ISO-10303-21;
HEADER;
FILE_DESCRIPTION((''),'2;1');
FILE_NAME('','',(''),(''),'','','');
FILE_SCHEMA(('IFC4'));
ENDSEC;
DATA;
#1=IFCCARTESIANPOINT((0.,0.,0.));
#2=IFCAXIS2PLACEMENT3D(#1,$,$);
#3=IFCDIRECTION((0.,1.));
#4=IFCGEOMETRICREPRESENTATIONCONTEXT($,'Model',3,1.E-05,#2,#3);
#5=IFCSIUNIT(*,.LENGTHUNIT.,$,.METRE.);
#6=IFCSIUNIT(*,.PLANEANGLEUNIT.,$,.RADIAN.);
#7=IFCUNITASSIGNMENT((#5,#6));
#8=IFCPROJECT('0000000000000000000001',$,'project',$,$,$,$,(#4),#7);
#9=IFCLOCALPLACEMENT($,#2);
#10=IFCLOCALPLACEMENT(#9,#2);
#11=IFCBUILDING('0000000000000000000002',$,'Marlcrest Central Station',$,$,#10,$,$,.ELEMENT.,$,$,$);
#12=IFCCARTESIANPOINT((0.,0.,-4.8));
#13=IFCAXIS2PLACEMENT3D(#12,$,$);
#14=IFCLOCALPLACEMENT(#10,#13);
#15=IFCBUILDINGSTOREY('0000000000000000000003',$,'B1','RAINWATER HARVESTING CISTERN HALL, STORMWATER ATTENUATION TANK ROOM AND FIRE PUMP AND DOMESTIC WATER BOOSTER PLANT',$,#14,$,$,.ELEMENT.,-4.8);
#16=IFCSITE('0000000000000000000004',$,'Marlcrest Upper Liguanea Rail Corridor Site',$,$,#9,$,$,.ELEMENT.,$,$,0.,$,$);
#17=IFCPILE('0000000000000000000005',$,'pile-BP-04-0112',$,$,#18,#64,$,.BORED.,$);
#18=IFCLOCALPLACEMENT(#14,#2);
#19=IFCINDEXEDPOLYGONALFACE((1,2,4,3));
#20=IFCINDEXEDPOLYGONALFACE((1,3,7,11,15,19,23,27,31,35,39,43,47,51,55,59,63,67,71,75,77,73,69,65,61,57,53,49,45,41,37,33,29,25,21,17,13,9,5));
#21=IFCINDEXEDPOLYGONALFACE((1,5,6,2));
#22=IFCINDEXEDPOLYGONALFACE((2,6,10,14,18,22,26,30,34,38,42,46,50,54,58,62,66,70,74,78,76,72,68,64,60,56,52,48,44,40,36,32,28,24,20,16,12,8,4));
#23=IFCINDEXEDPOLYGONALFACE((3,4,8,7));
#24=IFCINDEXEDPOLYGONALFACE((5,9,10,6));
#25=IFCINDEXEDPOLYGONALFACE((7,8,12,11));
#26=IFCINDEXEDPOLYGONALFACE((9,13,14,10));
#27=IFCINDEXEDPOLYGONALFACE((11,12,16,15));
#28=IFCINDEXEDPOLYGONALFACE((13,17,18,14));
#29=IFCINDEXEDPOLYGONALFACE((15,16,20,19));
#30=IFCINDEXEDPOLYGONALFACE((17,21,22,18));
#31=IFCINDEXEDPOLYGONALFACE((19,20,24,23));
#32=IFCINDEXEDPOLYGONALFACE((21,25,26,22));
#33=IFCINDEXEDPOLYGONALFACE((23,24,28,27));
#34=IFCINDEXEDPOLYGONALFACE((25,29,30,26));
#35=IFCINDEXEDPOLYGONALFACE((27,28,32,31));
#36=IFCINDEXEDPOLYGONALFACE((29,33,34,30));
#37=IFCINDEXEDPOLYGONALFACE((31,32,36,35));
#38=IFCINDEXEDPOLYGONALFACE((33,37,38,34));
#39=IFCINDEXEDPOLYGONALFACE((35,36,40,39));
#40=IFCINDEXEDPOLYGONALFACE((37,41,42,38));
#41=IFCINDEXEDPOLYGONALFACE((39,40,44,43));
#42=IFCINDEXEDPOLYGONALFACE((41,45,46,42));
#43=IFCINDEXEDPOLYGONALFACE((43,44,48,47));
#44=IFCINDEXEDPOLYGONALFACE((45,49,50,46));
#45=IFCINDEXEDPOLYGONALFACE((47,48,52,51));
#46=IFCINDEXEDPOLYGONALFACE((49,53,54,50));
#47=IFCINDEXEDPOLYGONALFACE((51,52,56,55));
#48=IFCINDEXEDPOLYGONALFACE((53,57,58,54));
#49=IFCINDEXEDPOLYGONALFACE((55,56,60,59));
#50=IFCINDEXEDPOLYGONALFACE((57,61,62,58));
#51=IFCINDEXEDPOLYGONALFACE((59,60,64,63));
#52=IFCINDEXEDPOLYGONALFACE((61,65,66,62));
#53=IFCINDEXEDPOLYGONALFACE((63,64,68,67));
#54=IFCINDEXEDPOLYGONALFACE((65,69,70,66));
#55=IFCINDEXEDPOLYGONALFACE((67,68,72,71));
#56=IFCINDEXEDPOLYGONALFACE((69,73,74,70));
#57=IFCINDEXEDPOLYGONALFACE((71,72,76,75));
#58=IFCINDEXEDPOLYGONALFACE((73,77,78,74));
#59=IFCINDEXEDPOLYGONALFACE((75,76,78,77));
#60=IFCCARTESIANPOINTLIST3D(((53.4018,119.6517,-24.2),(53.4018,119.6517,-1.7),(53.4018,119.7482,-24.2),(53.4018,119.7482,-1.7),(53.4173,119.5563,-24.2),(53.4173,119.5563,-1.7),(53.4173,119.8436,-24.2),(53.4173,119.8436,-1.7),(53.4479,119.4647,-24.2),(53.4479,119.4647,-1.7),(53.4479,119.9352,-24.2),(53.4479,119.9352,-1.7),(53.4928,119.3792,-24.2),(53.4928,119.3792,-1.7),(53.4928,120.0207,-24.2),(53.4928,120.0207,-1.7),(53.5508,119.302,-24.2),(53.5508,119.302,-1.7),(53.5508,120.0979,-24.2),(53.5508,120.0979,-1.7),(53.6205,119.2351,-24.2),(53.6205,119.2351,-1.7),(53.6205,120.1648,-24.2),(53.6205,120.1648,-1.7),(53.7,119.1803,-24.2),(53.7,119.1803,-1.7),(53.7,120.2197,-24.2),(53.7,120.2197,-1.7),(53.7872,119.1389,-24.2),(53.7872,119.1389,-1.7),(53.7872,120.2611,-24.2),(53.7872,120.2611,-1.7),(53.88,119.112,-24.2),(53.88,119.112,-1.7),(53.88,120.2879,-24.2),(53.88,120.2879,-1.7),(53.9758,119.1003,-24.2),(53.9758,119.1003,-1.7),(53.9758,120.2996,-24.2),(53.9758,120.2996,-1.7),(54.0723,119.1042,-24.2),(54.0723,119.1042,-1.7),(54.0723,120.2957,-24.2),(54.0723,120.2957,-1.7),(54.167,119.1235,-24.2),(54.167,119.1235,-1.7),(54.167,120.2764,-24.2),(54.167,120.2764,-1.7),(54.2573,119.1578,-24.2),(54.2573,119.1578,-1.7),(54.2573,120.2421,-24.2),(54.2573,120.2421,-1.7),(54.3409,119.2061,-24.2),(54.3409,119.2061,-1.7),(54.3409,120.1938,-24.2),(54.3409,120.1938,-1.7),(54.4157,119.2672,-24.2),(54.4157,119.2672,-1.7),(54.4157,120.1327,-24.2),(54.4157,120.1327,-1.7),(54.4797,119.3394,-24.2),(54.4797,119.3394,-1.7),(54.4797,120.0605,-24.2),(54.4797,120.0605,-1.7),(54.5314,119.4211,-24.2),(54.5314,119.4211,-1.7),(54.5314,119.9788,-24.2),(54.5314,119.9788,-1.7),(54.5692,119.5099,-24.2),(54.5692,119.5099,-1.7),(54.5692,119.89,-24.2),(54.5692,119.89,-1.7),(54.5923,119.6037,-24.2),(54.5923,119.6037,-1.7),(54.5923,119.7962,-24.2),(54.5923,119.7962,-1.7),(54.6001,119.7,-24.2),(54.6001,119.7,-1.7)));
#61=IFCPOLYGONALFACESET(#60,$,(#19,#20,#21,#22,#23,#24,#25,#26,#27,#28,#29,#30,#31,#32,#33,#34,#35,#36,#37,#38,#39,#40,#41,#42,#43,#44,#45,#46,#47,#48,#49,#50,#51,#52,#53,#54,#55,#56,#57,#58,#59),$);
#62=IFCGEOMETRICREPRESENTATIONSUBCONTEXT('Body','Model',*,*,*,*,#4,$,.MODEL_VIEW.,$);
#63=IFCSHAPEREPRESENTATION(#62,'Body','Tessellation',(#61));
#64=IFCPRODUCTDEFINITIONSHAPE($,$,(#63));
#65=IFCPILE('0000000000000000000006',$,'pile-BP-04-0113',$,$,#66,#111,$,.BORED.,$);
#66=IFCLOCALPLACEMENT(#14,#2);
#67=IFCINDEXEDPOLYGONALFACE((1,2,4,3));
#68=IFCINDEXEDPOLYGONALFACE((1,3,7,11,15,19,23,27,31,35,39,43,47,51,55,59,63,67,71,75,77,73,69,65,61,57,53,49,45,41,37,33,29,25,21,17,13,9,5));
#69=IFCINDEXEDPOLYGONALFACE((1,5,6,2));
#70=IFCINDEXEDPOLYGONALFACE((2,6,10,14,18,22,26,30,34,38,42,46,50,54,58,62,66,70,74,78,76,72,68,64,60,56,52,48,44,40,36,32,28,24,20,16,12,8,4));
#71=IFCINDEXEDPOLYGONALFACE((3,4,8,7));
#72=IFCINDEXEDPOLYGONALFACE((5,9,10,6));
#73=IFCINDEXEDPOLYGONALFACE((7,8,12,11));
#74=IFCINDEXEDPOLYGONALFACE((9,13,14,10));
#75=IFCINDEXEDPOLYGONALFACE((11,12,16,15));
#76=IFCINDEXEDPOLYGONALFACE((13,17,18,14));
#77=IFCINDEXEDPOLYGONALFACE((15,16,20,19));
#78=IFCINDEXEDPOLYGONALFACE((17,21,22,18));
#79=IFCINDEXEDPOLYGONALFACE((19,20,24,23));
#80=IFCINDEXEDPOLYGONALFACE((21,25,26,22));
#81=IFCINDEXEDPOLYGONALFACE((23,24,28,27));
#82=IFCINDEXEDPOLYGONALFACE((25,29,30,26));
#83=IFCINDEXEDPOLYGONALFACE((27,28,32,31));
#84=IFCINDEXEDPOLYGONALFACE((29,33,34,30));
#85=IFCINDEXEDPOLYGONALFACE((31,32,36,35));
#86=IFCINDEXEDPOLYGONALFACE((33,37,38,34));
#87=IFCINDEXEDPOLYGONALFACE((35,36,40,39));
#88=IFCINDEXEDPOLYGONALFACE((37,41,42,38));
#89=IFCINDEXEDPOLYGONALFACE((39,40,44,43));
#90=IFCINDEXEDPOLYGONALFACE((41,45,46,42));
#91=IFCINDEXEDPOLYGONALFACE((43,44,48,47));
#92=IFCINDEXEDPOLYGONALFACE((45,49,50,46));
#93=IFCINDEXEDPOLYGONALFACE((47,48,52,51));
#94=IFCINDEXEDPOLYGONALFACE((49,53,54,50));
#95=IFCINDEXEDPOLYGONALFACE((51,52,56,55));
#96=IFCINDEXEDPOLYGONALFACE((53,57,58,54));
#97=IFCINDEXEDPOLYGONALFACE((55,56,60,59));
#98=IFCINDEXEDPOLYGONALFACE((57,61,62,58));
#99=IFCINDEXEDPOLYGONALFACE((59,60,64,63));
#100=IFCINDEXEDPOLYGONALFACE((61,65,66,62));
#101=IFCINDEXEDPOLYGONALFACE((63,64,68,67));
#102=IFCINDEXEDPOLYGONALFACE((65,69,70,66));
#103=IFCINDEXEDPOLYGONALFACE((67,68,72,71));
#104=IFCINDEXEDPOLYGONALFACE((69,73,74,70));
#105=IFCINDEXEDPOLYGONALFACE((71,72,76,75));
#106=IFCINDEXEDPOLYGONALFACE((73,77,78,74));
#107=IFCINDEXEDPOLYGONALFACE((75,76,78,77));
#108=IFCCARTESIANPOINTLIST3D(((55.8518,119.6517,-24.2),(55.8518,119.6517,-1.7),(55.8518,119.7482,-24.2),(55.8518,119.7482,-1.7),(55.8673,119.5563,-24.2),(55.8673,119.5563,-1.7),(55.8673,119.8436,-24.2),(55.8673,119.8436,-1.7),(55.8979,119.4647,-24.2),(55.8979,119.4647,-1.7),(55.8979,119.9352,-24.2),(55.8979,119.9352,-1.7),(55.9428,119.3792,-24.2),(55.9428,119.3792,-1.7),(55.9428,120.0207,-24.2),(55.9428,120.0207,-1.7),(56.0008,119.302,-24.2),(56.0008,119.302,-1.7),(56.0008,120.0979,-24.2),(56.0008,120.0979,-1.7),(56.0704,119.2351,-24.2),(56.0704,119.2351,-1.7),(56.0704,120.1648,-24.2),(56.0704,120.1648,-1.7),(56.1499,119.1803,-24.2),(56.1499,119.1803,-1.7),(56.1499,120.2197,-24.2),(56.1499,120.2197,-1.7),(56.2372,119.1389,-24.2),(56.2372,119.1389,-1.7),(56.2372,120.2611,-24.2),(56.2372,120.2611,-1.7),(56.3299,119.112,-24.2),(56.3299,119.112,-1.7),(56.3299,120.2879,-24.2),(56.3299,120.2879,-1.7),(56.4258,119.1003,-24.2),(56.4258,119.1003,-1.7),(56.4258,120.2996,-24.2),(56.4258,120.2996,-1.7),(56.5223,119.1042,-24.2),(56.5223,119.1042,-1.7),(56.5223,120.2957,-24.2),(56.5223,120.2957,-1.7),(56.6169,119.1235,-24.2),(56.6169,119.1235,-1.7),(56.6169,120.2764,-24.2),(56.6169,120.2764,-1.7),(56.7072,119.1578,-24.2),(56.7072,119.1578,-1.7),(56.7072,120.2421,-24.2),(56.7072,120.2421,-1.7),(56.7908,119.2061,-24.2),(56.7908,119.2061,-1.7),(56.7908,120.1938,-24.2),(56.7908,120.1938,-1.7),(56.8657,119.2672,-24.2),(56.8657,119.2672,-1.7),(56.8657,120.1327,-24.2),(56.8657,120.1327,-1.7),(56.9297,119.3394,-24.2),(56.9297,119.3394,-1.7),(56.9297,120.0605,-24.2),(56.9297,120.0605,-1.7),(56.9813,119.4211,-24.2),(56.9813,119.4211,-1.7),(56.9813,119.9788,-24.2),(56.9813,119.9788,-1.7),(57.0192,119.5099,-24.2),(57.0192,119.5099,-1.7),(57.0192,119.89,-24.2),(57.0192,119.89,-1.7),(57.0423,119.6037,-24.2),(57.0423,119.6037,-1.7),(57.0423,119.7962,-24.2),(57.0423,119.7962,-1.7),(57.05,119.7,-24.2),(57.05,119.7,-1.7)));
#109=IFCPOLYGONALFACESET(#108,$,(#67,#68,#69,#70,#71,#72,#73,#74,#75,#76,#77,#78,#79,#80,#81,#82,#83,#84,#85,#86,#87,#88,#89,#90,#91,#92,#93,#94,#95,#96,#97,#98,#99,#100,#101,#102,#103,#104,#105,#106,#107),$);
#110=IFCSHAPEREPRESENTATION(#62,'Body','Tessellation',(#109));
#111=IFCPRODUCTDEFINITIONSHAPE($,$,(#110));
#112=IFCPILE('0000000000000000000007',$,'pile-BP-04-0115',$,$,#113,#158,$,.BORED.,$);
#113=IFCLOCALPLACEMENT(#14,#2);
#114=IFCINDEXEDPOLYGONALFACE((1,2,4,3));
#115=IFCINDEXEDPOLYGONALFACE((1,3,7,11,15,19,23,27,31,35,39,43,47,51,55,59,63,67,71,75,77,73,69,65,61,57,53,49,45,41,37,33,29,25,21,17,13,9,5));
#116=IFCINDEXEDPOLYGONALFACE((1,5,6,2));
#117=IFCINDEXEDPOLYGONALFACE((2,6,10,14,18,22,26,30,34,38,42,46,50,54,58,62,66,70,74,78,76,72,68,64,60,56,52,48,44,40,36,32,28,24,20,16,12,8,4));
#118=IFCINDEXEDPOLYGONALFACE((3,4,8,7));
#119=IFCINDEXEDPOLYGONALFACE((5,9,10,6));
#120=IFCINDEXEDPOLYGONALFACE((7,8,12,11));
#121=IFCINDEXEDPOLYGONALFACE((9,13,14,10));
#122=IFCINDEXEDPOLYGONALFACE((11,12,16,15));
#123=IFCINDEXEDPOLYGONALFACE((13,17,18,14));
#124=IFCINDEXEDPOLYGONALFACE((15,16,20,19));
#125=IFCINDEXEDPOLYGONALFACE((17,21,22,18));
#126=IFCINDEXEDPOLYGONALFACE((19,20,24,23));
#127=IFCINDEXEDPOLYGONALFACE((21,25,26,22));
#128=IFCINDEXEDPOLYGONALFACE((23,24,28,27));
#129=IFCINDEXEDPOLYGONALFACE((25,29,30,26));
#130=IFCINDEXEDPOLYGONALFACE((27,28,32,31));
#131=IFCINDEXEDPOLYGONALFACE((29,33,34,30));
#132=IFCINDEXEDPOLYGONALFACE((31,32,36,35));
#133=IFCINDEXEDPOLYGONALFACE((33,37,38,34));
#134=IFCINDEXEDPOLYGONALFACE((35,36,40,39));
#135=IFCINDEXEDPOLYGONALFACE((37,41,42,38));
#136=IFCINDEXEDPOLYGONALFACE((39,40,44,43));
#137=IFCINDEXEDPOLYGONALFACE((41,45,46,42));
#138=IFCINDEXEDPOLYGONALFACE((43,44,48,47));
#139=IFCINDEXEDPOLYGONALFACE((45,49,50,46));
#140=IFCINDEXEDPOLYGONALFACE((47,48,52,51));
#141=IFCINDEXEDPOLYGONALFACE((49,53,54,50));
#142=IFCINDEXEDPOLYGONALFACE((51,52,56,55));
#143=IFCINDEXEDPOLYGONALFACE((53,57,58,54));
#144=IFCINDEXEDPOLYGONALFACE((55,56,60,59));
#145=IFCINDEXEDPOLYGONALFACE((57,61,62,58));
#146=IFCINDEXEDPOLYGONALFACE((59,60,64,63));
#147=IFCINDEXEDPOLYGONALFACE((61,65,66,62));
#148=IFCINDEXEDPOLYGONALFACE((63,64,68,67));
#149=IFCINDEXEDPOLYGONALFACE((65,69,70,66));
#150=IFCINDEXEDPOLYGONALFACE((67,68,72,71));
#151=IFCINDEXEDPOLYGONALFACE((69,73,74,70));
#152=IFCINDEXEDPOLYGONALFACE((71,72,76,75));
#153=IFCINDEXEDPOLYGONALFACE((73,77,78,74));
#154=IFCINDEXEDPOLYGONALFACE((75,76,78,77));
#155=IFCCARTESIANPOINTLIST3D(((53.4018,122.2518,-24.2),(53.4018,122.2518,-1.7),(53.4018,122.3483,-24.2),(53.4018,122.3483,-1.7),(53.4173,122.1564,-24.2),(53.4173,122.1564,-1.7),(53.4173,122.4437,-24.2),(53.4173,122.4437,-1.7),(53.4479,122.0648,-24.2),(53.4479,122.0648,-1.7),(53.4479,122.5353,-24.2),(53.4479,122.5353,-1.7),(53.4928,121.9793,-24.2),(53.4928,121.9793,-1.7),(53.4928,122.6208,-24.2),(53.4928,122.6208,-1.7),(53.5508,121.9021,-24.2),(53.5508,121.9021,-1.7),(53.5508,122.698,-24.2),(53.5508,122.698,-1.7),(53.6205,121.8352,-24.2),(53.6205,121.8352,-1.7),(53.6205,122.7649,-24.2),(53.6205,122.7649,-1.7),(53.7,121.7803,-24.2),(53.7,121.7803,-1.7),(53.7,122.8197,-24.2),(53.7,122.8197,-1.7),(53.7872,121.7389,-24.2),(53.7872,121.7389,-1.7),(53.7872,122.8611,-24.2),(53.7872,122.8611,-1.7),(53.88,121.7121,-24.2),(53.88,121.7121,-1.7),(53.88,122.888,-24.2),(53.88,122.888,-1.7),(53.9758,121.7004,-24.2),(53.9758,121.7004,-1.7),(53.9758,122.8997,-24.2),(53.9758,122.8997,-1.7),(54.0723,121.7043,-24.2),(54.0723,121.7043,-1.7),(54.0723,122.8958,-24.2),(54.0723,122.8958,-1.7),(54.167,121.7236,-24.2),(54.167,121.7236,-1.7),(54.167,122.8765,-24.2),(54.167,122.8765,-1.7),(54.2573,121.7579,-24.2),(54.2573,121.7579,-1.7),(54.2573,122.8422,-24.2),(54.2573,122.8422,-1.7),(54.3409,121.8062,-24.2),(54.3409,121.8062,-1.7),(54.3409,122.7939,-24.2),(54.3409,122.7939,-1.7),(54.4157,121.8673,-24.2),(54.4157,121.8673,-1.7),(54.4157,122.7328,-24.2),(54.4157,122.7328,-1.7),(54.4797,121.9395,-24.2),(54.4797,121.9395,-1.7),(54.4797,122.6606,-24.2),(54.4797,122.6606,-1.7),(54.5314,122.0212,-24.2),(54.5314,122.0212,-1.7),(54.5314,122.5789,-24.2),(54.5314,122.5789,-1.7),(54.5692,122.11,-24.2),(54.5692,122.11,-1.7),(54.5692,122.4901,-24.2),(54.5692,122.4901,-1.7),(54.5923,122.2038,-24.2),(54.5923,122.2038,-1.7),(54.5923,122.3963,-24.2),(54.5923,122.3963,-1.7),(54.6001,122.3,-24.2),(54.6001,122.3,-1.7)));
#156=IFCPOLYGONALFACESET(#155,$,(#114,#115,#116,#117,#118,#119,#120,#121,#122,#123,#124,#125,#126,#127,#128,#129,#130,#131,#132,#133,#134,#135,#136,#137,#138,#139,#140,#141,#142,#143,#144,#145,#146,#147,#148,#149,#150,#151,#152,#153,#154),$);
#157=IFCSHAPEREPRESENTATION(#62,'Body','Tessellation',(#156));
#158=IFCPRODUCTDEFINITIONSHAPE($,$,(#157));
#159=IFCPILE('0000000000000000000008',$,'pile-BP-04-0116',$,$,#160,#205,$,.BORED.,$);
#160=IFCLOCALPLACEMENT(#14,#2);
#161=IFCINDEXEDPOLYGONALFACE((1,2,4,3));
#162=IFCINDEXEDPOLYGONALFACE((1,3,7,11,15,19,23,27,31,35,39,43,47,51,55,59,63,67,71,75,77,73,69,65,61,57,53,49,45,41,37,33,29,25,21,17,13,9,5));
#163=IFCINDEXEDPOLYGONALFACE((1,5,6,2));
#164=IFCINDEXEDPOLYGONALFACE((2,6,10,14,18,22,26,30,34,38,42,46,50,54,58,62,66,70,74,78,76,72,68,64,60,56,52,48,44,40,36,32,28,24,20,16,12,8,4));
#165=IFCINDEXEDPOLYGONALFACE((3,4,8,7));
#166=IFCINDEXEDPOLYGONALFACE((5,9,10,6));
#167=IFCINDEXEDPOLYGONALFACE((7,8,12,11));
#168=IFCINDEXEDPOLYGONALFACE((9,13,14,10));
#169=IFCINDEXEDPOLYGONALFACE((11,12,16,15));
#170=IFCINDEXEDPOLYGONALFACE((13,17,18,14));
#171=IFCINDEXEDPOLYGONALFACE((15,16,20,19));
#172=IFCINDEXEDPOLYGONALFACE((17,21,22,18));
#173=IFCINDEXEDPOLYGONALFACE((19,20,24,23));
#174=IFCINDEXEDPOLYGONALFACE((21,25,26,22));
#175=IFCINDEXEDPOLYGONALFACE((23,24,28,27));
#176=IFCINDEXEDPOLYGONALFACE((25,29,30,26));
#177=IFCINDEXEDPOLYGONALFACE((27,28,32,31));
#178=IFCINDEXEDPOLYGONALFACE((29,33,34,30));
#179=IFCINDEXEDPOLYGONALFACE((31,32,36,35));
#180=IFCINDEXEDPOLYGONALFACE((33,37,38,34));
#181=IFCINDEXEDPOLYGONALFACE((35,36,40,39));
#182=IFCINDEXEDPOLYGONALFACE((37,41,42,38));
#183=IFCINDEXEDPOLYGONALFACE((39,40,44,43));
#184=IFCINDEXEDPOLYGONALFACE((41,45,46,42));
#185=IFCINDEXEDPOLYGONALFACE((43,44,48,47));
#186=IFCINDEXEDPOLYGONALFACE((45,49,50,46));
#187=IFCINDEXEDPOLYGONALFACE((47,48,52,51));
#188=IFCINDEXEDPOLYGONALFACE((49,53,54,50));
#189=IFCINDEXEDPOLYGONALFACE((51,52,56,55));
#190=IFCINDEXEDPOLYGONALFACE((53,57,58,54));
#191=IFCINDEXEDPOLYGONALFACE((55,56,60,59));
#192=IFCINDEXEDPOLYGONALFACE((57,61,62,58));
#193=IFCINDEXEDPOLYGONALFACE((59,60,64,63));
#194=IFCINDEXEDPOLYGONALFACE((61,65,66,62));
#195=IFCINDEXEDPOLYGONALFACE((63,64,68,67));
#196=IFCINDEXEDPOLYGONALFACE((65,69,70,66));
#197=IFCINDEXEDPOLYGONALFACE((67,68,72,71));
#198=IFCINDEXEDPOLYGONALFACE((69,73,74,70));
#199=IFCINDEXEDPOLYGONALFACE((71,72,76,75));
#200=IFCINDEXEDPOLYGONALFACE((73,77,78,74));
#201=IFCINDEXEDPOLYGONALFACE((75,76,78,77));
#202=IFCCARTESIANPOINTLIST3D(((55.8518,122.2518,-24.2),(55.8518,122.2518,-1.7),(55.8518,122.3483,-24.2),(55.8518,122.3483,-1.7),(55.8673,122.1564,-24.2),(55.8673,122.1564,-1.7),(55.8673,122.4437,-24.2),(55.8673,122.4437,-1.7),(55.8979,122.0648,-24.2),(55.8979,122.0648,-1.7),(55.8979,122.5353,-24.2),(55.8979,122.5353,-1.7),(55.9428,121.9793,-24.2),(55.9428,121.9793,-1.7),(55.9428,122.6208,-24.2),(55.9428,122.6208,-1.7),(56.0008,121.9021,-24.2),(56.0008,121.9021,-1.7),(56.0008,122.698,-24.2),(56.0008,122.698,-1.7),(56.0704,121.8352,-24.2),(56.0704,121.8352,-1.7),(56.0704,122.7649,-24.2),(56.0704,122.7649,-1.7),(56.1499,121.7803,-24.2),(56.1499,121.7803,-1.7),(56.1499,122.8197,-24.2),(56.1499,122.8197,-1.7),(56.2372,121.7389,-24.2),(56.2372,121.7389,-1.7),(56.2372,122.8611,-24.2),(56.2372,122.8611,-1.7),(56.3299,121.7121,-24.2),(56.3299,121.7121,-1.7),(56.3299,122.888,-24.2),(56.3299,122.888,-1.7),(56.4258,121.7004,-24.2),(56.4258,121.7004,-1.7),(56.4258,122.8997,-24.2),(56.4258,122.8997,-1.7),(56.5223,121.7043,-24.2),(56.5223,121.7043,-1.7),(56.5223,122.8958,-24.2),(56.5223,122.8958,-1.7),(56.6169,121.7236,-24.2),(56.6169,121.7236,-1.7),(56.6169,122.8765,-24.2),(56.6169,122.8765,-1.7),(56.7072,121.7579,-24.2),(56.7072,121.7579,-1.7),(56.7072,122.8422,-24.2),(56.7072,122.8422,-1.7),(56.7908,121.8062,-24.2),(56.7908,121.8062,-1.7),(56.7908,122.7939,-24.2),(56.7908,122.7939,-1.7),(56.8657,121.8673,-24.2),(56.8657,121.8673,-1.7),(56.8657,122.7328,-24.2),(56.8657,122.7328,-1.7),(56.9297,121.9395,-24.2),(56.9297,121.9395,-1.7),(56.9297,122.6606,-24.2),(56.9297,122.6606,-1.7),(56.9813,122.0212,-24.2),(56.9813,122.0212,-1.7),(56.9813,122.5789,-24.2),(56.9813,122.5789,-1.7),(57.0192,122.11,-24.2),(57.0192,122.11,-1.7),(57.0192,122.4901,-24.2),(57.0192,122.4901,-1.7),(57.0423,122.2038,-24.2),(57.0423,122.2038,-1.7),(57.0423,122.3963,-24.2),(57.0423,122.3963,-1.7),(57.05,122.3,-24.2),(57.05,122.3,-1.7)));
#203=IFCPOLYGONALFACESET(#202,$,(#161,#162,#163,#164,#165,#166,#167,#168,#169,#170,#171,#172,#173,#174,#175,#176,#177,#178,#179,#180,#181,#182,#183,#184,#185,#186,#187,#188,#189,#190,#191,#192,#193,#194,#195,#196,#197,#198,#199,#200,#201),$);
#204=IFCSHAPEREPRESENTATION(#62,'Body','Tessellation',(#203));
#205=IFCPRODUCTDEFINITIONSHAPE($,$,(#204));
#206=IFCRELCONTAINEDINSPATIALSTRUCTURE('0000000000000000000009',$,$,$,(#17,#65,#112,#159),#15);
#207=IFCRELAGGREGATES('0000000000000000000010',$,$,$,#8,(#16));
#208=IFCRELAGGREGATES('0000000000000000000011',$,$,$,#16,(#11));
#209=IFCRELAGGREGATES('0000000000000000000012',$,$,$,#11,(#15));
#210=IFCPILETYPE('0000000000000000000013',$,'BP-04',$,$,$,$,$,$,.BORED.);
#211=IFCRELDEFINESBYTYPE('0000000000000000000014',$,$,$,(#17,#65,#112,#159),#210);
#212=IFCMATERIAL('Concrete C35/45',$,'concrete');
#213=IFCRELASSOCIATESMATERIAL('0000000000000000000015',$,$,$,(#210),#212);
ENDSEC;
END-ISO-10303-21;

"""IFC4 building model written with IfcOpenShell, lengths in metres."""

from ifc_helpers import new_model, si_unit, direction, frame, origin, origin_2d, place, context, subcontext, project, spatial, circle, extrude, material, material_profile, profile_set, type_object, element, save


model = new_model("IFC4")

# Units and contexts
model_context = context("Model", 3, precision=1e-05, world=origin(), true_north=direction((0.0, 1.0)))
body_context = subcontext(model_context, "Body", "Model", "MODEL_VIEW")
ifc_project = project(units=[si_unit("LENGTHUNIT", "METRE"), si_unit("PLANEANGLEUNIT", "RADIAN")], contexts=[model_context])

# Site, building, storey
site_placement = place(None, origin())
site = spatial("IfcSite", under=ifc_project, at=site_placement, Name="Marlcrest Upper Liguanea Rail Corridor Site", CompositionType="ELEMENT", RefElevation=0.0)
building_placement = place(site_placement, origin())
building = spatial("IfcBuilding", under=site, at=building_placement, Name="Marlcrest Central Station", CompositionType="ELEMENT")
storey_placement = place(building_placement, frame((0.0, 0.0, -4.8)))
storey = spatial("IfcBuildingStorey", under=building, at=storey_placement, Name="B1", Description="RAINWATER HARVESTING CISTERN HALL, STORMWATER ATTENUATION TANK ROOM AND FIRE PUMP AND DOMESTIC WATER BOOSTER PLANT", CompositionType="ELEMENT", Elevation=-4.8)

# Piles
ifc_material_1 = material(Name="Concrete C35/45", Category="concrete")
ifc_material_profile_1 = material_profile(ifc_material_1, circle(Radius=0.6001, at=origin_2d()), Name="PILE D1200")
ifc_profile_set_1 = profile_set([ifc_material_profile_1], Name="Concrete C35/45")
pile_type = type_object("IfcPileType", Name="BP-04", PredefinedType="BORED", material=ifc_profile_set_1)
for number, where, z_axis, x_axis, name in (
    (1, (54.0, 119.7, -1.7), (0.0, 0.0, -1.0), (1.0, 0.0, 0.0), "pile-BP-04-0112"),
    (2, (56.45, 119.7, -1.7), (0.0, 0.0, -1.0), (1.0, 0.0, 0.0), "pile-BP-04-0113"),
    (3, (54.0, 122.3, -1.7), (0.0, 0.0, -1.0), (1.0, 0.0, 0.0), "pile-BP-04-0115"),
    (4, (56.45, 122.3, -1.7), (0.0, 0.0, -1.0), (1.0, 0.0, 0.0), "pile-BP-04-0116"),
):
    element("IfcPile", number, at=place(storey_placement, frame(where, z_axis=z_axis, x_axis=x_axis)), inside=storey, type_object=pile_type, Name=name, PredefinedType="BORED", context=body_context, shape_type="SweptSolid", body=[
        extrude(circle(Radius=0.6001, at=origin_2d()), origin(), (0.0, 0.0, 1.0), 22.5),
    ])

save(model, "model.ifc")
